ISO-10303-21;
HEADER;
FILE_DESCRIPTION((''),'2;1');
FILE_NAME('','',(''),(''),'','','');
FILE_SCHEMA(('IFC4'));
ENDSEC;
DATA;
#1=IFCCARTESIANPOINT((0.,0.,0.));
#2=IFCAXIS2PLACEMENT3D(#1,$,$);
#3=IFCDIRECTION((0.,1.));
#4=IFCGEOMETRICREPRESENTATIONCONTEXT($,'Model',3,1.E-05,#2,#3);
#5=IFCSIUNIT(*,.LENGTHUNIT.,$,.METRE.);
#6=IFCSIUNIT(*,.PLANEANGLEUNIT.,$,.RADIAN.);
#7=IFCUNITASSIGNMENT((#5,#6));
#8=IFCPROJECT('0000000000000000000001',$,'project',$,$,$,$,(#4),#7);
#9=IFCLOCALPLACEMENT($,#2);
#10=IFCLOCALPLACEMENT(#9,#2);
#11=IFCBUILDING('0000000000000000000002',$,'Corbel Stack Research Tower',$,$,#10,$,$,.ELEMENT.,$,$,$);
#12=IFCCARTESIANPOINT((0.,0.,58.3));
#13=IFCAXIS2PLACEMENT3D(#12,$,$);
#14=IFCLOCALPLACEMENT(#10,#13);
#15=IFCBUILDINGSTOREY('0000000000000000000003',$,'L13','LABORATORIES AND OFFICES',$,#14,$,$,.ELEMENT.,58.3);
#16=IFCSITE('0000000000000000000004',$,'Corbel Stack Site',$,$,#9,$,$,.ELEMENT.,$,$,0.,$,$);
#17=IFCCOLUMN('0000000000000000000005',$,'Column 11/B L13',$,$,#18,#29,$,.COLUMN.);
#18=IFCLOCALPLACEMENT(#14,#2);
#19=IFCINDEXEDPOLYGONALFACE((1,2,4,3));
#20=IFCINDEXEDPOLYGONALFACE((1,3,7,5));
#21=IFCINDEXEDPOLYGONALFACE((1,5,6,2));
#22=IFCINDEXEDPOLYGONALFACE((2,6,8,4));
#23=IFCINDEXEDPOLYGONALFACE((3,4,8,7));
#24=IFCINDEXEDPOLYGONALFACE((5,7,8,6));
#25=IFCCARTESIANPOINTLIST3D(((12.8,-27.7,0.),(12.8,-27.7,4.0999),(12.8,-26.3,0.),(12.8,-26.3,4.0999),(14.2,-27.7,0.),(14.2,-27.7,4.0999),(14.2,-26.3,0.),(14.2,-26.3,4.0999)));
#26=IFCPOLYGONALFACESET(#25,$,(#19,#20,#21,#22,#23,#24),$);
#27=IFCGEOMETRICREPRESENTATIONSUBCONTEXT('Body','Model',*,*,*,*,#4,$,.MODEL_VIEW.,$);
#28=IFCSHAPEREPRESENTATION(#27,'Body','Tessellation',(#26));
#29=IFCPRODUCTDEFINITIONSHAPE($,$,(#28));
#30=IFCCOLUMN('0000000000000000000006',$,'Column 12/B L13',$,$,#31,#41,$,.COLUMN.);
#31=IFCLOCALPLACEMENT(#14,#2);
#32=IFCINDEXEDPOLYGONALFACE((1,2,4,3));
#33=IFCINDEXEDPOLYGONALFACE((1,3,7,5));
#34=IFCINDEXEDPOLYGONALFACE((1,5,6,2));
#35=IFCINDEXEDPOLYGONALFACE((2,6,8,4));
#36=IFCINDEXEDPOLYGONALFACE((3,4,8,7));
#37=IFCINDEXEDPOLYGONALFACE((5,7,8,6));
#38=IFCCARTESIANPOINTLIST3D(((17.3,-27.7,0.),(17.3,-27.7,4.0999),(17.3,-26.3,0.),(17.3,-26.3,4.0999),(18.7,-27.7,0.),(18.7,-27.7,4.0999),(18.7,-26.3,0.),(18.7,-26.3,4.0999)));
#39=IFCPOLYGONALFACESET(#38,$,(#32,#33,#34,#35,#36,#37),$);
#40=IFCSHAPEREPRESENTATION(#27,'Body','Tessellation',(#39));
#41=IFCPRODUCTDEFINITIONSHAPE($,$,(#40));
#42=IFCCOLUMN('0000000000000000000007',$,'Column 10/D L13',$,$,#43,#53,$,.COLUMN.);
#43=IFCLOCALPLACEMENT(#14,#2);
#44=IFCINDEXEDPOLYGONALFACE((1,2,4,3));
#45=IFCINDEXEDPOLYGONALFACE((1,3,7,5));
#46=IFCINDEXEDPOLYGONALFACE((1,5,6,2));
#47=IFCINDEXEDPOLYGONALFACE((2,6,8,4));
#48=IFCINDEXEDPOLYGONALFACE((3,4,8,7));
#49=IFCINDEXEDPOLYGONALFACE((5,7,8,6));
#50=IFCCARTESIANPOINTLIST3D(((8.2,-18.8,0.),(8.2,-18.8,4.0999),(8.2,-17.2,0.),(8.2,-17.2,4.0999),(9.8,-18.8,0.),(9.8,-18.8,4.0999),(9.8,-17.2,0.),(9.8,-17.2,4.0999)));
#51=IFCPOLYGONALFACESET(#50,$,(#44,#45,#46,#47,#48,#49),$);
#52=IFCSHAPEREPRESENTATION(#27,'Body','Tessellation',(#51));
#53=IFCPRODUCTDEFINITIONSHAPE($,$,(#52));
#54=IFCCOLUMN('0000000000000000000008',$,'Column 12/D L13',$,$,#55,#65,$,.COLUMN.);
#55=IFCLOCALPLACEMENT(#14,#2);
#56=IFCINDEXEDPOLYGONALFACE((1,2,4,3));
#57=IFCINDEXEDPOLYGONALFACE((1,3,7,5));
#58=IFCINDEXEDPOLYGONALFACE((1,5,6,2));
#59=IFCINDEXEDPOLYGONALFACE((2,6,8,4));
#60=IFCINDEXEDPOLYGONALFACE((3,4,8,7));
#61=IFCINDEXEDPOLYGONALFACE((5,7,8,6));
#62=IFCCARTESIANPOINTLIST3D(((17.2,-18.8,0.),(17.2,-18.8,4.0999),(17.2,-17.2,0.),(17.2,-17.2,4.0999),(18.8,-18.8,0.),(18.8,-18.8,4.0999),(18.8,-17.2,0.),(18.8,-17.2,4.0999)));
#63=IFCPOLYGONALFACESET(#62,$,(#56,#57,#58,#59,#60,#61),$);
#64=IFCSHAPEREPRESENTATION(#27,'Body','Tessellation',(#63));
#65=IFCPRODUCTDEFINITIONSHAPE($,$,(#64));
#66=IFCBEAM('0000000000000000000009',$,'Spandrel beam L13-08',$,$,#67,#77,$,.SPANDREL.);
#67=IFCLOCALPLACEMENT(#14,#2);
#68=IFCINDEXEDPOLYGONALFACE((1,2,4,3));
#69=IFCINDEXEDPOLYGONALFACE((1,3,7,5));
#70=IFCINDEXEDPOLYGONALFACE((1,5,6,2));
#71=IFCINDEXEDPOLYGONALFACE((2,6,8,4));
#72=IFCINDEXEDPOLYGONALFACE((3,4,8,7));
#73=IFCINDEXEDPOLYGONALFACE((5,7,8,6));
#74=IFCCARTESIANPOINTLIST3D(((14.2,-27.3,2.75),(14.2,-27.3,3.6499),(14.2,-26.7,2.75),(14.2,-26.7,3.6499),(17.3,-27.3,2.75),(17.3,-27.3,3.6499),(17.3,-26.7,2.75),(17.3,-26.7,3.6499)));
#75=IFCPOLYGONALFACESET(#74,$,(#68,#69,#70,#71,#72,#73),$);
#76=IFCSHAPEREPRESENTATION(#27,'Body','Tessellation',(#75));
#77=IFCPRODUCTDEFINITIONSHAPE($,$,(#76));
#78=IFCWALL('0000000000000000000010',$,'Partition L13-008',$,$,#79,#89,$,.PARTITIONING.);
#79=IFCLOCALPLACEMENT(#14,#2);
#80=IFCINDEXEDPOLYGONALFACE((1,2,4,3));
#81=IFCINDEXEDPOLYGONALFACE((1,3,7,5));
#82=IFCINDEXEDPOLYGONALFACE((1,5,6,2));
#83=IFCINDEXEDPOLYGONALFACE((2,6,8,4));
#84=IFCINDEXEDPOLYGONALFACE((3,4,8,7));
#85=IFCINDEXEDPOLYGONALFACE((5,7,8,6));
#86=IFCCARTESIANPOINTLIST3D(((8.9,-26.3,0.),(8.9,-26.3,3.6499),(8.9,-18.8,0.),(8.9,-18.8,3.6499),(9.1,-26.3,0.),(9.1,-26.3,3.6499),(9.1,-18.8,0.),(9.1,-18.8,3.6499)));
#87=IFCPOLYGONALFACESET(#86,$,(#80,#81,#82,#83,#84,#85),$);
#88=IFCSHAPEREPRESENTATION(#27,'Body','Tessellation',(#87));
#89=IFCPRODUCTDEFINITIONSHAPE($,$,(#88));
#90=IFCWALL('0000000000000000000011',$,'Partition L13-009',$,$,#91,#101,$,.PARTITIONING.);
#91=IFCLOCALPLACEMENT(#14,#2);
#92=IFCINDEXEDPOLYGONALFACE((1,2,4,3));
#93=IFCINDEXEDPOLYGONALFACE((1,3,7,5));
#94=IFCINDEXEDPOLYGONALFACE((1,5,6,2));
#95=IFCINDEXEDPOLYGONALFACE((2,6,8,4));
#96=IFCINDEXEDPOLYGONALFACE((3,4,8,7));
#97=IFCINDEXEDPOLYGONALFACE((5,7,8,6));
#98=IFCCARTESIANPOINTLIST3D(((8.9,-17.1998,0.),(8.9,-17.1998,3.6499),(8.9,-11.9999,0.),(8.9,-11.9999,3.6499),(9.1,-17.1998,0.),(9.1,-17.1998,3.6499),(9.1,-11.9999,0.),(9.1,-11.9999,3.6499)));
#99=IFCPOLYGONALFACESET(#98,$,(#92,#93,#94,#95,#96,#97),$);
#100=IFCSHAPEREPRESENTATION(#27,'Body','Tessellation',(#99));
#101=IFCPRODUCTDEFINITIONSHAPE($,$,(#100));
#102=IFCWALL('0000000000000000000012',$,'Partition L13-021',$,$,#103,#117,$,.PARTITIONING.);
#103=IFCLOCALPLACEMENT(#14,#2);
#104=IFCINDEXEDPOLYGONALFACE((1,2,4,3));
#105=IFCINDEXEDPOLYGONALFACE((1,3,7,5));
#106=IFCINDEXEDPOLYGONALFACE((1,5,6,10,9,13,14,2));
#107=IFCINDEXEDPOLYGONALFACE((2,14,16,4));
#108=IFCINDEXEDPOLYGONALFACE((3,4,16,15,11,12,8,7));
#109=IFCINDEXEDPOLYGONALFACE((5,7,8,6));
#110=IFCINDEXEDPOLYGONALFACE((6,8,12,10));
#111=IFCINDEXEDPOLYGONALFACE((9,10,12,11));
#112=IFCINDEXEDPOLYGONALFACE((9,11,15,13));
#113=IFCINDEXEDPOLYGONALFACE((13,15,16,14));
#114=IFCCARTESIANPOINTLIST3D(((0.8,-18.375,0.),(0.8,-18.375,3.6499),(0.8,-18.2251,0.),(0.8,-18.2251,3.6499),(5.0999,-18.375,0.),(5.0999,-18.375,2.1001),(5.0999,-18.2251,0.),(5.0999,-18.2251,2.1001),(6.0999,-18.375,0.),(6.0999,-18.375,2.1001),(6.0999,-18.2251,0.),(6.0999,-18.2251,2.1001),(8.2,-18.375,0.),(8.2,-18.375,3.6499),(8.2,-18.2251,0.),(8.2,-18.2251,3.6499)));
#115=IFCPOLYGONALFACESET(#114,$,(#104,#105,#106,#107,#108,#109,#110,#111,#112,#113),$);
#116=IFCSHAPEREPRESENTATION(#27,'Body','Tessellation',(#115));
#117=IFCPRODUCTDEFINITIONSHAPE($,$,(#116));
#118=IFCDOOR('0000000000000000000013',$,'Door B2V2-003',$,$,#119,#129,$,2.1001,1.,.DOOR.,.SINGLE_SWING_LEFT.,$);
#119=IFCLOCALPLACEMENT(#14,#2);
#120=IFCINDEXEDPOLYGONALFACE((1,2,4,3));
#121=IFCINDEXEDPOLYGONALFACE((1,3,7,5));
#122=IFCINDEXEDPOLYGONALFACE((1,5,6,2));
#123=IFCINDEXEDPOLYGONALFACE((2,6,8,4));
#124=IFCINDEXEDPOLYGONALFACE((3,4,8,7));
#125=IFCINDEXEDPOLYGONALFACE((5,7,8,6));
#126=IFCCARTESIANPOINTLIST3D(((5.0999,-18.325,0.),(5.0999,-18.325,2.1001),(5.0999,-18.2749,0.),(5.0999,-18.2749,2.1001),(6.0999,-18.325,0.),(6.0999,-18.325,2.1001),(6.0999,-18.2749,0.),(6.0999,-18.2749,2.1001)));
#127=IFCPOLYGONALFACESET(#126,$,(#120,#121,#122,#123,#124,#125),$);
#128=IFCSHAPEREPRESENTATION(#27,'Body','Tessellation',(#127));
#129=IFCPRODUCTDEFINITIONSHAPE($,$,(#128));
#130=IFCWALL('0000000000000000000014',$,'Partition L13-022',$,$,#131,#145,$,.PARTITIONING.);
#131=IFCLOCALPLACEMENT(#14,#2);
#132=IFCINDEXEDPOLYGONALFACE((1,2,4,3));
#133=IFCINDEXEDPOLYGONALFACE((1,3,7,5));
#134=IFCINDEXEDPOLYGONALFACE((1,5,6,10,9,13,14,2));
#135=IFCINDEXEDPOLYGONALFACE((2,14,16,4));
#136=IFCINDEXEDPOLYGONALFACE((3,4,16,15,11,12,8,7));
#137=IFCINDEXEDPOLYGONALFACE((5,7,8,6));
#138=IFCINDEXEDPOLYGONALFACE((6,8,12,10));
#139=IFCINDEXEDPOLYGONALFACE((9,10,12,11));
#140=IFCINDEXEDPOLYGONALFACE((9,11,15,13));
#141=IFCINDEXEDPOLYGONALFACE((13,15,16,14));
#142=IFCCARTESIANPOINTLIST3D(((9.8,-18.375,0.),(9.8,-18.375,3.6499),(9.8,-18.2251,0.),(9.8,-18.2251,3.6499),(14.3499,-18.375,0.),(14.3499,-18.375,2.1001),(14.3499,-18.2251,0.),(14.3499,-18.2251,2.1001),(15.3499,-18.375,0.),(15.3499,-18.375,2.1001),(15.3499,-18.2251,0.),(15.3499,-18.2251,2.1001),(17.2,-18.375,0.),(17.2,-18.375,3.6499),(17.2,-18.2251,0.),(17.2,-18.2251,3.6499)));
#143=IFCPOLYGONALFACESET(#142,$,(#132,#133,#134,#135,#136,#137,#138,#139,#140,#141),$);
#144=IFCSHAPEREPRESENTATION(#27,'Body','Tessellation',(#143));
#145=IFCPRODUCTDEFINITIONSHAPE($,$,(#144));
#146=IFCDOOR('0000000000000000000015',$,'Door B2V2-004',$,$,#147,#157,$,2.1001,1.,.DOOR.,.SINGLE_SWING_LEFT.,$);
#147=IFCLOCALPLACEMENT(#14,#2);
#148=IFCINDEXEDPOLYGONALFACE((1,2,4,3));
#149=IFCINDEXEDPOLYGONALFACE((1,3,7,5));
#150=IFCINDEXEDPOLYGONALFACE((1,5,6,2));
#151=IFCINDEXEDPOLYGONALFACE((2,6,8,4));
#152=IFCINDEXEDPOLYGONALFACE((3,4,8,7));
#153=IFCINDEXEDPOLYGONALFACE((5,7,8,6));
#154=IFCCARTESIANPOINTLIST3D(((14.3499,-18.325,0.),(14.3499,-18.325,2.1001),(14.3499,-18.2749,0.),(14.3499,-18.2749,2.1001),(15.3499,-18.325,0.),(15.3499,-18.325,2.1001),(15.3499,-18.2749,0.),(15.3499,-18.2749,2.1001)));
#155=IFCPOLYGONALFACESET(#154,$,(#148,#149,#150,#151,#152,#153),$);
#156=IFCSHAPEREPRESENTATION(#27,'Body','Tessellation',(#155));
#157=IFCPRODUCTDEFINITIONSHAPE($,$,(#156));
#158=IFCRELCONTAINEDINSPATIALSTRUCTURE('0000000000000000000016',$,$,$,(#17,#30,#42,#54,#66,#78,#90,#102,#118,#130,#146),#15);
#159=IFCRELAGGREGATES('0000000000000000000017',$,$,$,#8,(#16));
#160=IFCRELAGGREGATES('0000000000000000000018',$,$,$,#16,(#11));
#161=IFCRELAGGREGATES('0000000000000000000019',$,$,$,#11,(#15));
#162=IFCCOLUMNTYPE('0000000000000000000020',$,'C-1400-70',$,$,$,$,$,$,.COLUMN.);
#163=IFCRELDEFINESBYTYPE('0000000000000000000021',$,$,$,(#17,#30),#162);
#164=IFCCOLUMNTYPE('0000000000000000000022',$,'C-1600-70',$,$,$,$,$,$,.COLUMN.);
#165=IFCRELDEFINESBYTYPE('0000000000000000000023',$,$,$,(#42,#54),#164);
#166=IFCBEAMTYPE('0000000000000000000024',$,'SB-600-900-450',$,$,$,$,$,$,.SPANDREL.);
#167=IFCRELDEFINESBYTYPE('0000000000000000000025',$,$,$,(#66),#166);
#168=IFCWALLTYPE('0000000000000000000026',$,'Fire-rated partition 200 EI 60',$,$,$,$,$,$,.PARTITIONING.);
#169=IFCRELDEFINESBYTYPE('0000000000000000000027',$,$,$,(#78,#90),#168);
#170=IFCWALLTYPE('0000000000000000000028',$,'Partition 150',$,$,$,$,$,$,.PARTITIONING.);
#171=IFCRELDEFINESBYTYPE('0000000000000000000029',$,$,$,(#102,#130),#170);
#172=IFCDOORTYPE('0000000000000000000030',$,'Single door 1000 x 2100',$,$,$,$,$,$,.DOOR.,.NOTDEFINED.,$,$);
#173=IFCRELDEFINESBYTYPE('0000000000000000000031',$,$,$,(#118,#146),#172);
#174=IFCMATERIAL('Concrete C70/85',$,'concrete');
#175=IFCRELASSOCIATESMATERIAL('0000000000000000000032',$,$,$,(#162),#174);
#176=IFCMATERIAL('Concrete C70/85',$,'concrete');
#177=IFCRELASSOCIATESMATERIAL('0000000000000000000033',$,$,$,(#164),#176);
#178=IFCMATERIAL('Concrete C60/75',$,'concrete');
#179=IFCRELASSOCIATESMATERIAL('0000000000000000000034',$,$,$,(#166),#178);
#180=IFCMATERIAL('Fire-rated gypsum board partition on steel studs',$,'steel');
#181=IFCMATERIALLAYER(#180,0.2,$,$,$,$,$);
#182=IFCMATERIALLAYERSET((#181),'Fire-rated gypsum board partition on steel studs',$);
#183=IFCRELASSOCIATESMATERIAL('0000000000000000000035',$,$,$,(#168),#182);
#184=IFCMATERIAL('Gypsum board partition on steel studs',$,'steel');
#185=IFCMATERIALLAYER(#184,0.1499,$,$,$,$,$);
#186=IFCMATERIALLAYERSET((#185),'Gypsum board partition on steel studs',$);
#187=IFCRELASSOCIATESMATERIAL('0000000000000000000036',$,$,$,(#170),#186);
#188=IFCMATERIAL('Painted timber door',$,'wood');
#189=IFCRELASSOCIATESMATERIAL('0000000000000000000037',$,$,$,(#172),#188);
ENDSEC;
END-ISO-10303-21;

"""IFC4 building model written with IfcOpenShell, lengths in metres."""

from ifc_helpers import new_model, si_unit, direction, frame, frame_2d, origin, origin_2d, place, context, subcontext, project, spatial, rectangle, extrude, material, layer, layer_set, material_profile, profile_set, type_object, element, fill, save


model = new_model("IFC4")

# Units and contexts
model_context = context("Model", 3, precision=1e-05, world=origin(), true_north=direction((0.0, 1.0)))
body_context = subcontext(model_context, "Body", "Model", "MODEL_VIEW")
ifc_project = project(units=[si_unit("LENGTHUNIT", "METRE"), si_unit("PLANEANGLEUNIT", "RADIAN")], contexts=[model_context])

# Site, building, storey
site_placement = place(None, origin())
site = spatial("IfcSite", under=ifc_project, at=site_placement, Name="Corbel Stack Site", CompositionType="ELEMENT", RefElevation=0.0)
building_placement = place(site_placement, origin())
building = spatial("IfcBuilding", under=site, at=building_placement, Name="Corbel Stack Research Tower", CompositionType="ELEMENT")
storey_placement = place(building_placement, frame((0.0, 0.0, 58.3)))
storey = spatial("IfcBuildingStorey", under=building, at=storey_placement, Name="L13", Description="LABORATORIES AND OFFICES", CompositionType="ELEMENT", Elevation=58.3)

# Columns
ifc_material_1 = material(Name="Concrete C70/85", Category="concrete")
ifc_material_profile_1 = material_profile(ifc_material_1, rectangle(XDim=1.3999, YDim=1.3999, at=origin_2d()), Name="RC 1400 x 1400")
ifc_profile_set_1 = profile_set([ifc_material_profile_1], Name="Concrete C70/85")
column_type_1 = type_object("IfcColumnType", Name="C-1400-70", PredefinedType="COLUMN", material=ifc_profile_set_1)
for number, where, z_axis, x_axis, name in (
    (1, (13.5, -27.0, 0.0), (0.0, 0.0, 1.0), (1.0, 0.0, 0.0), "Column 11/B L13"),
    (2, (18.0, -27.0, 0.0), (0.0, 0.0, 1.0), (1.0, 0.0, 0.0), "Column 12/B L13"),
):
    element("IfcColumn", number, at=place(storey_placement, frame(where, z_axis=z_axis, x_axis=x_axis)), inside=storey, type_object=column_type_1, Name=name, PredefinedType="COLUMN", context=body_context, shape_type="SweptSolid", body=[
        extrude(rectangle(XDim=1.3999, YDim=1.3999, at=origin_2d()), origin(), (0.0, 0.0, 1.0), 4.0999),
    ])
ifc_material_2 = material(Name="Concrete C70/85", Category="concrete")
ifc_material_profile_2 = material_profile(ifc_material_2, rectangle(XDim=1.6001, YDim=1.6001, at=origin_2d()), Name="RC 1600 x 1600")
ifc_profile_set_2 = profile_set([ifc_material_profile_2], Name="Concrete C70/85")
column_type_2 = type_object("IfcColumnType", Name="C-1600-70", PredefinedType="COLUMN", material=ifc_profile_set_2)
for number, where, z_axis, x_axis, name in (
    (3, (9.0, -18.0, 0.0), (0.0, 0.0, 1.0), (1.0, 0.0, 0.0), "Column 10/D L13"),
    (4, (18.0, -18.0, 0.0), (0.0, 0.0, 1.0), (1.0, 0.0, 0.0), "Column 12/D L13"),
):
    element("IfcColumn", number, at=place(storey_placement, frame(where, z_axis=z_axis, x_axis=x_axis)), inside=storey, type_object=column_type_2, Name=name, PredefinedType="COLUMN", context=body_context, shape_type="SweptSolid", body=[
        extrude(rectangle(XDim=1.6001, YDim=1.6001, at=origin_2d()), origin(), (0.0, 0.0, 1.0), 4.0999),
    ])

# Beam
ifc_material_3 = material(Name="Concrete C60/75", Category="concrete")
ifc_material_profile_3 = material_profile(ifc_material_3, rectangle(XDim=0.6001, YDim=0.8999, at=origin_2d()), Name="RC 600 x 900")
ifc_profile_set_3 = profile_set([ifc_material_profile_3], Name="Concrete C60/75")
beam_type = type_object("IfcBeamType", Name="SB-600-900-450", PredefinedType="SPANDREL", material=ifc_profile_set_3)
beam_placement = place(storey_placement, frame((14.2, -27.0, 3.2), z_axis=(1.0, 0.0, 0.0), x_axis=(0.0, 1.0, 0.0)))
element("IfcBeam", 5, at=beam_placement, inside=storey, type_object=beam_type, Name="Spandrel beam L13-08", PredefinedType="SPANDREL", context=body_context, shape_type="SweptSolid", body=[
    extrude(rectangle(XDim=0.6001, YDim=0.8999, at=origin_2d()), origin(), (0.0, 0.0, 1.0), 3.1001),
])

# Walls
ifc_material_4 = material(Name="Fire-rated gypsum board partition on steel studs", Category="steel")
ifc_layer_1 = layer(ifc_material_4, 0.2)
ifc_layer_set_1 = layer_set([ifc_layer_1], Name="Fire-rated gypsum board partition on steel studs")
wall_type_1 = type_object("IfcWallType", Name="Fire-rated partition 200 EI 60", PredefinedType="PARTITIONING", material=ifc_layer_set_1)
wall_1_placement = place(storey_placement, frame((9.0, -26.3, 0.0), z_axis=(0.0, 0.0, 1.0), x_axis=(0.0, 1.0, 0.0)))
element("IfcWall", 6, at=wall_1_placement, inside=storey, type_object=wall_type_1, Name="Partition L13-008", PredefinedType="PARTITIONING", context=body_context, shape_type="SweptSolid", body=[
    extrude(rectangle(XDim=7.5, YDim=0.2, at=frame_2d((3.75, 0.0))), origin(), (0.0, 0.0, 1.0), 3.6499),
])
wall_2_placement = place(storey_placement, frame((9.0, -17.2, 0.0), z_axis=(0.0, 0.0, 1.0), x_axis=(0.0, 1.0, 0.0)))
element("IfcWall", 7, at=wall_2_placement, inside=storey, type_object=wall_type_1, Name="Partition L13-009", PredefinedType="PARTITIONING", context=body_context, shape_type="SweptSolid", body=[
    extrude(rectangle(XDim=5.2, YDim=0.2, at=frame_2d((2.6001, 0.0))), origin(), (0.0, 0.0, 1.0), 3.6499),
])

# Walls, openings, doors
ifc_material_5 = material(Name="Gypsum board partition on steel studs", Category="steel")
ifc_layer_2 = layer(ifc_material_5, 0.1499)
ifc_layer_set_2 = layer_set([ifc_layer_2], Name="Gypsum board partition on steel studs")
wall_type_2 = type_object("IfcWallType", Name="Partition 150", PredefinedType="PARTITIONING", material=ifc_layer_set_2)
wall_3_placement = place(storey_placement, frame((8.2, -18.3, 0.0), z_axis=(0.0, 0.0, 1.0), x_axis=(-1.0, 0.0, 0.0)))
wall_3 = element("IfcWall", 8, at=wall_3_placement, inside=storey, type_object=wall_type_2, Name="Partition L13-021", PredefinedType="PARTITIONING", context=body_context, shape_type="SweptSolid", body=[
    extrude(rectangle(XDim=7.3999, YDim=0.1499, at=frame_2d((3.7, 0.0))), origin(), (0.0, 0.0, 1.0), 3.6499),
])
opening_1_placement = place(wall_3_placement, frame((2.1001, 0.0, 0.0)))
opening_1 = element("IfcOpeningElement", 9, at=opening_1_placement, cuts=wall_3, PredefinedType="OPENING", context=body_context, shape_type="SweptSolid", body=[
    extrude(rectangle(XDim=1.0, YDim=2.1001, at=frame_2d((0.5, 1.05))), frame((0.0, 0.085, 0.0), z_axis=(0.0, -1.0, 0.0), x_axis=(1.0, 0.0, 0.0)), (0.0, 0.0, 1.0), 0.1699),
])
ifc_material_6 = material(Name="Painted timber door", Category="wood")
door_type_1 = type_object("IfcDoorType", Name="Single door 1000 x 2100", OperationType="NOTDEFINED", PredefinedType="DOOR", material=ifc_material_6)
door_1_placement = place(opening_1_placement, origin())
door_1 = element("IfcDoor", 10, at=door_1_placement, inside=storey, type_object=door_type_1, Name="Door B2V2-003", OperationType="SINGLE_SWING_LEFT", OverallHeight=2.1001, OverallWidth=1.0, PredefinedType="DOOR", context=body_context, shape_type="SweptSolid", body=[
    extrude(rectangle(XDim=1.0, YDim=2.1001, at=frame_2d((0.5, 1.05))), frame((0.0, 0.0249, 0.0), z_axis=(0.0, -1.0, 0.0), x_axis=(1.0, 0.0, 0.0)), (0.0, 0.0, 1.0), 0.05),
])
fill(opening_1, door_1)
wall_4_placement = place(storey_placement, frame((17.2, -18.3, 0.0), z_axis=(0.0, 0.0, 1.0), x_axis=(-1.0, 0.0, 0.0)))
wall_4 = element("IfcWall", 11, at=wall_4_placement, inside=storey, type_object=wall_type_2, Name="Partition L13-022", PredefinedType="PARTITIONING", context=body_context, shape_type="SweptSolid", body=[
    extrude(rectangle(XDim=7.3999, YDim=0.1499, at=frame_2d((3.7, 0.0))), origin(), (0.0, 0.0, 1.0), 3.6499),
])
opening_2_placement = place(wall_4_placement, frame((1.8501, 0.0, 0.0)))
opening_2 = element("IfcOpeningElement", 12, at=opening_2_placement, cuts=wall_4, PredefinedType="OPENING", context=body_context, shape_type="SweptSolid", body=[
    extrude(rectangle(XDim=1.0, YDim=2.1001, at=frame_2d((0.5, 1.05))), frame((0.0, 0.085, 0.0), z_axis=(0.0, -1.0, 0.0), x_axis=(1.0, 0.0, 0.0)), (0.0, 0.0, 1.0), 0.1699),
])
door_2_placement = place(opening_2_placement, origin())
door_2 = element("IfcDoor", 13, at=door_2_placement, inside=storey, type_object=door_type_1, Name="Door B2V2-004", OperationType="SINGLE_SWING_LEFT", OverallHeight=2.1001, OverallWidth=1.0, PredefinedType="DOOR", context=body_context, shape_type="SweptSolid", body=[
    extrude(rectangle(XDim=1.0, YDim=2.1001, at=frame_2d((0.5, 1.05))), frame((0.0, 0.0249, 0.0), z_axis=(0.0, -1.0, 0.0), x_axis=(1.0, 0.0, 0.0)), (0.0, 0.0, 1.0), 0.05),
])
fill(opening_2, door_2)

save(model, "model.ifc")
